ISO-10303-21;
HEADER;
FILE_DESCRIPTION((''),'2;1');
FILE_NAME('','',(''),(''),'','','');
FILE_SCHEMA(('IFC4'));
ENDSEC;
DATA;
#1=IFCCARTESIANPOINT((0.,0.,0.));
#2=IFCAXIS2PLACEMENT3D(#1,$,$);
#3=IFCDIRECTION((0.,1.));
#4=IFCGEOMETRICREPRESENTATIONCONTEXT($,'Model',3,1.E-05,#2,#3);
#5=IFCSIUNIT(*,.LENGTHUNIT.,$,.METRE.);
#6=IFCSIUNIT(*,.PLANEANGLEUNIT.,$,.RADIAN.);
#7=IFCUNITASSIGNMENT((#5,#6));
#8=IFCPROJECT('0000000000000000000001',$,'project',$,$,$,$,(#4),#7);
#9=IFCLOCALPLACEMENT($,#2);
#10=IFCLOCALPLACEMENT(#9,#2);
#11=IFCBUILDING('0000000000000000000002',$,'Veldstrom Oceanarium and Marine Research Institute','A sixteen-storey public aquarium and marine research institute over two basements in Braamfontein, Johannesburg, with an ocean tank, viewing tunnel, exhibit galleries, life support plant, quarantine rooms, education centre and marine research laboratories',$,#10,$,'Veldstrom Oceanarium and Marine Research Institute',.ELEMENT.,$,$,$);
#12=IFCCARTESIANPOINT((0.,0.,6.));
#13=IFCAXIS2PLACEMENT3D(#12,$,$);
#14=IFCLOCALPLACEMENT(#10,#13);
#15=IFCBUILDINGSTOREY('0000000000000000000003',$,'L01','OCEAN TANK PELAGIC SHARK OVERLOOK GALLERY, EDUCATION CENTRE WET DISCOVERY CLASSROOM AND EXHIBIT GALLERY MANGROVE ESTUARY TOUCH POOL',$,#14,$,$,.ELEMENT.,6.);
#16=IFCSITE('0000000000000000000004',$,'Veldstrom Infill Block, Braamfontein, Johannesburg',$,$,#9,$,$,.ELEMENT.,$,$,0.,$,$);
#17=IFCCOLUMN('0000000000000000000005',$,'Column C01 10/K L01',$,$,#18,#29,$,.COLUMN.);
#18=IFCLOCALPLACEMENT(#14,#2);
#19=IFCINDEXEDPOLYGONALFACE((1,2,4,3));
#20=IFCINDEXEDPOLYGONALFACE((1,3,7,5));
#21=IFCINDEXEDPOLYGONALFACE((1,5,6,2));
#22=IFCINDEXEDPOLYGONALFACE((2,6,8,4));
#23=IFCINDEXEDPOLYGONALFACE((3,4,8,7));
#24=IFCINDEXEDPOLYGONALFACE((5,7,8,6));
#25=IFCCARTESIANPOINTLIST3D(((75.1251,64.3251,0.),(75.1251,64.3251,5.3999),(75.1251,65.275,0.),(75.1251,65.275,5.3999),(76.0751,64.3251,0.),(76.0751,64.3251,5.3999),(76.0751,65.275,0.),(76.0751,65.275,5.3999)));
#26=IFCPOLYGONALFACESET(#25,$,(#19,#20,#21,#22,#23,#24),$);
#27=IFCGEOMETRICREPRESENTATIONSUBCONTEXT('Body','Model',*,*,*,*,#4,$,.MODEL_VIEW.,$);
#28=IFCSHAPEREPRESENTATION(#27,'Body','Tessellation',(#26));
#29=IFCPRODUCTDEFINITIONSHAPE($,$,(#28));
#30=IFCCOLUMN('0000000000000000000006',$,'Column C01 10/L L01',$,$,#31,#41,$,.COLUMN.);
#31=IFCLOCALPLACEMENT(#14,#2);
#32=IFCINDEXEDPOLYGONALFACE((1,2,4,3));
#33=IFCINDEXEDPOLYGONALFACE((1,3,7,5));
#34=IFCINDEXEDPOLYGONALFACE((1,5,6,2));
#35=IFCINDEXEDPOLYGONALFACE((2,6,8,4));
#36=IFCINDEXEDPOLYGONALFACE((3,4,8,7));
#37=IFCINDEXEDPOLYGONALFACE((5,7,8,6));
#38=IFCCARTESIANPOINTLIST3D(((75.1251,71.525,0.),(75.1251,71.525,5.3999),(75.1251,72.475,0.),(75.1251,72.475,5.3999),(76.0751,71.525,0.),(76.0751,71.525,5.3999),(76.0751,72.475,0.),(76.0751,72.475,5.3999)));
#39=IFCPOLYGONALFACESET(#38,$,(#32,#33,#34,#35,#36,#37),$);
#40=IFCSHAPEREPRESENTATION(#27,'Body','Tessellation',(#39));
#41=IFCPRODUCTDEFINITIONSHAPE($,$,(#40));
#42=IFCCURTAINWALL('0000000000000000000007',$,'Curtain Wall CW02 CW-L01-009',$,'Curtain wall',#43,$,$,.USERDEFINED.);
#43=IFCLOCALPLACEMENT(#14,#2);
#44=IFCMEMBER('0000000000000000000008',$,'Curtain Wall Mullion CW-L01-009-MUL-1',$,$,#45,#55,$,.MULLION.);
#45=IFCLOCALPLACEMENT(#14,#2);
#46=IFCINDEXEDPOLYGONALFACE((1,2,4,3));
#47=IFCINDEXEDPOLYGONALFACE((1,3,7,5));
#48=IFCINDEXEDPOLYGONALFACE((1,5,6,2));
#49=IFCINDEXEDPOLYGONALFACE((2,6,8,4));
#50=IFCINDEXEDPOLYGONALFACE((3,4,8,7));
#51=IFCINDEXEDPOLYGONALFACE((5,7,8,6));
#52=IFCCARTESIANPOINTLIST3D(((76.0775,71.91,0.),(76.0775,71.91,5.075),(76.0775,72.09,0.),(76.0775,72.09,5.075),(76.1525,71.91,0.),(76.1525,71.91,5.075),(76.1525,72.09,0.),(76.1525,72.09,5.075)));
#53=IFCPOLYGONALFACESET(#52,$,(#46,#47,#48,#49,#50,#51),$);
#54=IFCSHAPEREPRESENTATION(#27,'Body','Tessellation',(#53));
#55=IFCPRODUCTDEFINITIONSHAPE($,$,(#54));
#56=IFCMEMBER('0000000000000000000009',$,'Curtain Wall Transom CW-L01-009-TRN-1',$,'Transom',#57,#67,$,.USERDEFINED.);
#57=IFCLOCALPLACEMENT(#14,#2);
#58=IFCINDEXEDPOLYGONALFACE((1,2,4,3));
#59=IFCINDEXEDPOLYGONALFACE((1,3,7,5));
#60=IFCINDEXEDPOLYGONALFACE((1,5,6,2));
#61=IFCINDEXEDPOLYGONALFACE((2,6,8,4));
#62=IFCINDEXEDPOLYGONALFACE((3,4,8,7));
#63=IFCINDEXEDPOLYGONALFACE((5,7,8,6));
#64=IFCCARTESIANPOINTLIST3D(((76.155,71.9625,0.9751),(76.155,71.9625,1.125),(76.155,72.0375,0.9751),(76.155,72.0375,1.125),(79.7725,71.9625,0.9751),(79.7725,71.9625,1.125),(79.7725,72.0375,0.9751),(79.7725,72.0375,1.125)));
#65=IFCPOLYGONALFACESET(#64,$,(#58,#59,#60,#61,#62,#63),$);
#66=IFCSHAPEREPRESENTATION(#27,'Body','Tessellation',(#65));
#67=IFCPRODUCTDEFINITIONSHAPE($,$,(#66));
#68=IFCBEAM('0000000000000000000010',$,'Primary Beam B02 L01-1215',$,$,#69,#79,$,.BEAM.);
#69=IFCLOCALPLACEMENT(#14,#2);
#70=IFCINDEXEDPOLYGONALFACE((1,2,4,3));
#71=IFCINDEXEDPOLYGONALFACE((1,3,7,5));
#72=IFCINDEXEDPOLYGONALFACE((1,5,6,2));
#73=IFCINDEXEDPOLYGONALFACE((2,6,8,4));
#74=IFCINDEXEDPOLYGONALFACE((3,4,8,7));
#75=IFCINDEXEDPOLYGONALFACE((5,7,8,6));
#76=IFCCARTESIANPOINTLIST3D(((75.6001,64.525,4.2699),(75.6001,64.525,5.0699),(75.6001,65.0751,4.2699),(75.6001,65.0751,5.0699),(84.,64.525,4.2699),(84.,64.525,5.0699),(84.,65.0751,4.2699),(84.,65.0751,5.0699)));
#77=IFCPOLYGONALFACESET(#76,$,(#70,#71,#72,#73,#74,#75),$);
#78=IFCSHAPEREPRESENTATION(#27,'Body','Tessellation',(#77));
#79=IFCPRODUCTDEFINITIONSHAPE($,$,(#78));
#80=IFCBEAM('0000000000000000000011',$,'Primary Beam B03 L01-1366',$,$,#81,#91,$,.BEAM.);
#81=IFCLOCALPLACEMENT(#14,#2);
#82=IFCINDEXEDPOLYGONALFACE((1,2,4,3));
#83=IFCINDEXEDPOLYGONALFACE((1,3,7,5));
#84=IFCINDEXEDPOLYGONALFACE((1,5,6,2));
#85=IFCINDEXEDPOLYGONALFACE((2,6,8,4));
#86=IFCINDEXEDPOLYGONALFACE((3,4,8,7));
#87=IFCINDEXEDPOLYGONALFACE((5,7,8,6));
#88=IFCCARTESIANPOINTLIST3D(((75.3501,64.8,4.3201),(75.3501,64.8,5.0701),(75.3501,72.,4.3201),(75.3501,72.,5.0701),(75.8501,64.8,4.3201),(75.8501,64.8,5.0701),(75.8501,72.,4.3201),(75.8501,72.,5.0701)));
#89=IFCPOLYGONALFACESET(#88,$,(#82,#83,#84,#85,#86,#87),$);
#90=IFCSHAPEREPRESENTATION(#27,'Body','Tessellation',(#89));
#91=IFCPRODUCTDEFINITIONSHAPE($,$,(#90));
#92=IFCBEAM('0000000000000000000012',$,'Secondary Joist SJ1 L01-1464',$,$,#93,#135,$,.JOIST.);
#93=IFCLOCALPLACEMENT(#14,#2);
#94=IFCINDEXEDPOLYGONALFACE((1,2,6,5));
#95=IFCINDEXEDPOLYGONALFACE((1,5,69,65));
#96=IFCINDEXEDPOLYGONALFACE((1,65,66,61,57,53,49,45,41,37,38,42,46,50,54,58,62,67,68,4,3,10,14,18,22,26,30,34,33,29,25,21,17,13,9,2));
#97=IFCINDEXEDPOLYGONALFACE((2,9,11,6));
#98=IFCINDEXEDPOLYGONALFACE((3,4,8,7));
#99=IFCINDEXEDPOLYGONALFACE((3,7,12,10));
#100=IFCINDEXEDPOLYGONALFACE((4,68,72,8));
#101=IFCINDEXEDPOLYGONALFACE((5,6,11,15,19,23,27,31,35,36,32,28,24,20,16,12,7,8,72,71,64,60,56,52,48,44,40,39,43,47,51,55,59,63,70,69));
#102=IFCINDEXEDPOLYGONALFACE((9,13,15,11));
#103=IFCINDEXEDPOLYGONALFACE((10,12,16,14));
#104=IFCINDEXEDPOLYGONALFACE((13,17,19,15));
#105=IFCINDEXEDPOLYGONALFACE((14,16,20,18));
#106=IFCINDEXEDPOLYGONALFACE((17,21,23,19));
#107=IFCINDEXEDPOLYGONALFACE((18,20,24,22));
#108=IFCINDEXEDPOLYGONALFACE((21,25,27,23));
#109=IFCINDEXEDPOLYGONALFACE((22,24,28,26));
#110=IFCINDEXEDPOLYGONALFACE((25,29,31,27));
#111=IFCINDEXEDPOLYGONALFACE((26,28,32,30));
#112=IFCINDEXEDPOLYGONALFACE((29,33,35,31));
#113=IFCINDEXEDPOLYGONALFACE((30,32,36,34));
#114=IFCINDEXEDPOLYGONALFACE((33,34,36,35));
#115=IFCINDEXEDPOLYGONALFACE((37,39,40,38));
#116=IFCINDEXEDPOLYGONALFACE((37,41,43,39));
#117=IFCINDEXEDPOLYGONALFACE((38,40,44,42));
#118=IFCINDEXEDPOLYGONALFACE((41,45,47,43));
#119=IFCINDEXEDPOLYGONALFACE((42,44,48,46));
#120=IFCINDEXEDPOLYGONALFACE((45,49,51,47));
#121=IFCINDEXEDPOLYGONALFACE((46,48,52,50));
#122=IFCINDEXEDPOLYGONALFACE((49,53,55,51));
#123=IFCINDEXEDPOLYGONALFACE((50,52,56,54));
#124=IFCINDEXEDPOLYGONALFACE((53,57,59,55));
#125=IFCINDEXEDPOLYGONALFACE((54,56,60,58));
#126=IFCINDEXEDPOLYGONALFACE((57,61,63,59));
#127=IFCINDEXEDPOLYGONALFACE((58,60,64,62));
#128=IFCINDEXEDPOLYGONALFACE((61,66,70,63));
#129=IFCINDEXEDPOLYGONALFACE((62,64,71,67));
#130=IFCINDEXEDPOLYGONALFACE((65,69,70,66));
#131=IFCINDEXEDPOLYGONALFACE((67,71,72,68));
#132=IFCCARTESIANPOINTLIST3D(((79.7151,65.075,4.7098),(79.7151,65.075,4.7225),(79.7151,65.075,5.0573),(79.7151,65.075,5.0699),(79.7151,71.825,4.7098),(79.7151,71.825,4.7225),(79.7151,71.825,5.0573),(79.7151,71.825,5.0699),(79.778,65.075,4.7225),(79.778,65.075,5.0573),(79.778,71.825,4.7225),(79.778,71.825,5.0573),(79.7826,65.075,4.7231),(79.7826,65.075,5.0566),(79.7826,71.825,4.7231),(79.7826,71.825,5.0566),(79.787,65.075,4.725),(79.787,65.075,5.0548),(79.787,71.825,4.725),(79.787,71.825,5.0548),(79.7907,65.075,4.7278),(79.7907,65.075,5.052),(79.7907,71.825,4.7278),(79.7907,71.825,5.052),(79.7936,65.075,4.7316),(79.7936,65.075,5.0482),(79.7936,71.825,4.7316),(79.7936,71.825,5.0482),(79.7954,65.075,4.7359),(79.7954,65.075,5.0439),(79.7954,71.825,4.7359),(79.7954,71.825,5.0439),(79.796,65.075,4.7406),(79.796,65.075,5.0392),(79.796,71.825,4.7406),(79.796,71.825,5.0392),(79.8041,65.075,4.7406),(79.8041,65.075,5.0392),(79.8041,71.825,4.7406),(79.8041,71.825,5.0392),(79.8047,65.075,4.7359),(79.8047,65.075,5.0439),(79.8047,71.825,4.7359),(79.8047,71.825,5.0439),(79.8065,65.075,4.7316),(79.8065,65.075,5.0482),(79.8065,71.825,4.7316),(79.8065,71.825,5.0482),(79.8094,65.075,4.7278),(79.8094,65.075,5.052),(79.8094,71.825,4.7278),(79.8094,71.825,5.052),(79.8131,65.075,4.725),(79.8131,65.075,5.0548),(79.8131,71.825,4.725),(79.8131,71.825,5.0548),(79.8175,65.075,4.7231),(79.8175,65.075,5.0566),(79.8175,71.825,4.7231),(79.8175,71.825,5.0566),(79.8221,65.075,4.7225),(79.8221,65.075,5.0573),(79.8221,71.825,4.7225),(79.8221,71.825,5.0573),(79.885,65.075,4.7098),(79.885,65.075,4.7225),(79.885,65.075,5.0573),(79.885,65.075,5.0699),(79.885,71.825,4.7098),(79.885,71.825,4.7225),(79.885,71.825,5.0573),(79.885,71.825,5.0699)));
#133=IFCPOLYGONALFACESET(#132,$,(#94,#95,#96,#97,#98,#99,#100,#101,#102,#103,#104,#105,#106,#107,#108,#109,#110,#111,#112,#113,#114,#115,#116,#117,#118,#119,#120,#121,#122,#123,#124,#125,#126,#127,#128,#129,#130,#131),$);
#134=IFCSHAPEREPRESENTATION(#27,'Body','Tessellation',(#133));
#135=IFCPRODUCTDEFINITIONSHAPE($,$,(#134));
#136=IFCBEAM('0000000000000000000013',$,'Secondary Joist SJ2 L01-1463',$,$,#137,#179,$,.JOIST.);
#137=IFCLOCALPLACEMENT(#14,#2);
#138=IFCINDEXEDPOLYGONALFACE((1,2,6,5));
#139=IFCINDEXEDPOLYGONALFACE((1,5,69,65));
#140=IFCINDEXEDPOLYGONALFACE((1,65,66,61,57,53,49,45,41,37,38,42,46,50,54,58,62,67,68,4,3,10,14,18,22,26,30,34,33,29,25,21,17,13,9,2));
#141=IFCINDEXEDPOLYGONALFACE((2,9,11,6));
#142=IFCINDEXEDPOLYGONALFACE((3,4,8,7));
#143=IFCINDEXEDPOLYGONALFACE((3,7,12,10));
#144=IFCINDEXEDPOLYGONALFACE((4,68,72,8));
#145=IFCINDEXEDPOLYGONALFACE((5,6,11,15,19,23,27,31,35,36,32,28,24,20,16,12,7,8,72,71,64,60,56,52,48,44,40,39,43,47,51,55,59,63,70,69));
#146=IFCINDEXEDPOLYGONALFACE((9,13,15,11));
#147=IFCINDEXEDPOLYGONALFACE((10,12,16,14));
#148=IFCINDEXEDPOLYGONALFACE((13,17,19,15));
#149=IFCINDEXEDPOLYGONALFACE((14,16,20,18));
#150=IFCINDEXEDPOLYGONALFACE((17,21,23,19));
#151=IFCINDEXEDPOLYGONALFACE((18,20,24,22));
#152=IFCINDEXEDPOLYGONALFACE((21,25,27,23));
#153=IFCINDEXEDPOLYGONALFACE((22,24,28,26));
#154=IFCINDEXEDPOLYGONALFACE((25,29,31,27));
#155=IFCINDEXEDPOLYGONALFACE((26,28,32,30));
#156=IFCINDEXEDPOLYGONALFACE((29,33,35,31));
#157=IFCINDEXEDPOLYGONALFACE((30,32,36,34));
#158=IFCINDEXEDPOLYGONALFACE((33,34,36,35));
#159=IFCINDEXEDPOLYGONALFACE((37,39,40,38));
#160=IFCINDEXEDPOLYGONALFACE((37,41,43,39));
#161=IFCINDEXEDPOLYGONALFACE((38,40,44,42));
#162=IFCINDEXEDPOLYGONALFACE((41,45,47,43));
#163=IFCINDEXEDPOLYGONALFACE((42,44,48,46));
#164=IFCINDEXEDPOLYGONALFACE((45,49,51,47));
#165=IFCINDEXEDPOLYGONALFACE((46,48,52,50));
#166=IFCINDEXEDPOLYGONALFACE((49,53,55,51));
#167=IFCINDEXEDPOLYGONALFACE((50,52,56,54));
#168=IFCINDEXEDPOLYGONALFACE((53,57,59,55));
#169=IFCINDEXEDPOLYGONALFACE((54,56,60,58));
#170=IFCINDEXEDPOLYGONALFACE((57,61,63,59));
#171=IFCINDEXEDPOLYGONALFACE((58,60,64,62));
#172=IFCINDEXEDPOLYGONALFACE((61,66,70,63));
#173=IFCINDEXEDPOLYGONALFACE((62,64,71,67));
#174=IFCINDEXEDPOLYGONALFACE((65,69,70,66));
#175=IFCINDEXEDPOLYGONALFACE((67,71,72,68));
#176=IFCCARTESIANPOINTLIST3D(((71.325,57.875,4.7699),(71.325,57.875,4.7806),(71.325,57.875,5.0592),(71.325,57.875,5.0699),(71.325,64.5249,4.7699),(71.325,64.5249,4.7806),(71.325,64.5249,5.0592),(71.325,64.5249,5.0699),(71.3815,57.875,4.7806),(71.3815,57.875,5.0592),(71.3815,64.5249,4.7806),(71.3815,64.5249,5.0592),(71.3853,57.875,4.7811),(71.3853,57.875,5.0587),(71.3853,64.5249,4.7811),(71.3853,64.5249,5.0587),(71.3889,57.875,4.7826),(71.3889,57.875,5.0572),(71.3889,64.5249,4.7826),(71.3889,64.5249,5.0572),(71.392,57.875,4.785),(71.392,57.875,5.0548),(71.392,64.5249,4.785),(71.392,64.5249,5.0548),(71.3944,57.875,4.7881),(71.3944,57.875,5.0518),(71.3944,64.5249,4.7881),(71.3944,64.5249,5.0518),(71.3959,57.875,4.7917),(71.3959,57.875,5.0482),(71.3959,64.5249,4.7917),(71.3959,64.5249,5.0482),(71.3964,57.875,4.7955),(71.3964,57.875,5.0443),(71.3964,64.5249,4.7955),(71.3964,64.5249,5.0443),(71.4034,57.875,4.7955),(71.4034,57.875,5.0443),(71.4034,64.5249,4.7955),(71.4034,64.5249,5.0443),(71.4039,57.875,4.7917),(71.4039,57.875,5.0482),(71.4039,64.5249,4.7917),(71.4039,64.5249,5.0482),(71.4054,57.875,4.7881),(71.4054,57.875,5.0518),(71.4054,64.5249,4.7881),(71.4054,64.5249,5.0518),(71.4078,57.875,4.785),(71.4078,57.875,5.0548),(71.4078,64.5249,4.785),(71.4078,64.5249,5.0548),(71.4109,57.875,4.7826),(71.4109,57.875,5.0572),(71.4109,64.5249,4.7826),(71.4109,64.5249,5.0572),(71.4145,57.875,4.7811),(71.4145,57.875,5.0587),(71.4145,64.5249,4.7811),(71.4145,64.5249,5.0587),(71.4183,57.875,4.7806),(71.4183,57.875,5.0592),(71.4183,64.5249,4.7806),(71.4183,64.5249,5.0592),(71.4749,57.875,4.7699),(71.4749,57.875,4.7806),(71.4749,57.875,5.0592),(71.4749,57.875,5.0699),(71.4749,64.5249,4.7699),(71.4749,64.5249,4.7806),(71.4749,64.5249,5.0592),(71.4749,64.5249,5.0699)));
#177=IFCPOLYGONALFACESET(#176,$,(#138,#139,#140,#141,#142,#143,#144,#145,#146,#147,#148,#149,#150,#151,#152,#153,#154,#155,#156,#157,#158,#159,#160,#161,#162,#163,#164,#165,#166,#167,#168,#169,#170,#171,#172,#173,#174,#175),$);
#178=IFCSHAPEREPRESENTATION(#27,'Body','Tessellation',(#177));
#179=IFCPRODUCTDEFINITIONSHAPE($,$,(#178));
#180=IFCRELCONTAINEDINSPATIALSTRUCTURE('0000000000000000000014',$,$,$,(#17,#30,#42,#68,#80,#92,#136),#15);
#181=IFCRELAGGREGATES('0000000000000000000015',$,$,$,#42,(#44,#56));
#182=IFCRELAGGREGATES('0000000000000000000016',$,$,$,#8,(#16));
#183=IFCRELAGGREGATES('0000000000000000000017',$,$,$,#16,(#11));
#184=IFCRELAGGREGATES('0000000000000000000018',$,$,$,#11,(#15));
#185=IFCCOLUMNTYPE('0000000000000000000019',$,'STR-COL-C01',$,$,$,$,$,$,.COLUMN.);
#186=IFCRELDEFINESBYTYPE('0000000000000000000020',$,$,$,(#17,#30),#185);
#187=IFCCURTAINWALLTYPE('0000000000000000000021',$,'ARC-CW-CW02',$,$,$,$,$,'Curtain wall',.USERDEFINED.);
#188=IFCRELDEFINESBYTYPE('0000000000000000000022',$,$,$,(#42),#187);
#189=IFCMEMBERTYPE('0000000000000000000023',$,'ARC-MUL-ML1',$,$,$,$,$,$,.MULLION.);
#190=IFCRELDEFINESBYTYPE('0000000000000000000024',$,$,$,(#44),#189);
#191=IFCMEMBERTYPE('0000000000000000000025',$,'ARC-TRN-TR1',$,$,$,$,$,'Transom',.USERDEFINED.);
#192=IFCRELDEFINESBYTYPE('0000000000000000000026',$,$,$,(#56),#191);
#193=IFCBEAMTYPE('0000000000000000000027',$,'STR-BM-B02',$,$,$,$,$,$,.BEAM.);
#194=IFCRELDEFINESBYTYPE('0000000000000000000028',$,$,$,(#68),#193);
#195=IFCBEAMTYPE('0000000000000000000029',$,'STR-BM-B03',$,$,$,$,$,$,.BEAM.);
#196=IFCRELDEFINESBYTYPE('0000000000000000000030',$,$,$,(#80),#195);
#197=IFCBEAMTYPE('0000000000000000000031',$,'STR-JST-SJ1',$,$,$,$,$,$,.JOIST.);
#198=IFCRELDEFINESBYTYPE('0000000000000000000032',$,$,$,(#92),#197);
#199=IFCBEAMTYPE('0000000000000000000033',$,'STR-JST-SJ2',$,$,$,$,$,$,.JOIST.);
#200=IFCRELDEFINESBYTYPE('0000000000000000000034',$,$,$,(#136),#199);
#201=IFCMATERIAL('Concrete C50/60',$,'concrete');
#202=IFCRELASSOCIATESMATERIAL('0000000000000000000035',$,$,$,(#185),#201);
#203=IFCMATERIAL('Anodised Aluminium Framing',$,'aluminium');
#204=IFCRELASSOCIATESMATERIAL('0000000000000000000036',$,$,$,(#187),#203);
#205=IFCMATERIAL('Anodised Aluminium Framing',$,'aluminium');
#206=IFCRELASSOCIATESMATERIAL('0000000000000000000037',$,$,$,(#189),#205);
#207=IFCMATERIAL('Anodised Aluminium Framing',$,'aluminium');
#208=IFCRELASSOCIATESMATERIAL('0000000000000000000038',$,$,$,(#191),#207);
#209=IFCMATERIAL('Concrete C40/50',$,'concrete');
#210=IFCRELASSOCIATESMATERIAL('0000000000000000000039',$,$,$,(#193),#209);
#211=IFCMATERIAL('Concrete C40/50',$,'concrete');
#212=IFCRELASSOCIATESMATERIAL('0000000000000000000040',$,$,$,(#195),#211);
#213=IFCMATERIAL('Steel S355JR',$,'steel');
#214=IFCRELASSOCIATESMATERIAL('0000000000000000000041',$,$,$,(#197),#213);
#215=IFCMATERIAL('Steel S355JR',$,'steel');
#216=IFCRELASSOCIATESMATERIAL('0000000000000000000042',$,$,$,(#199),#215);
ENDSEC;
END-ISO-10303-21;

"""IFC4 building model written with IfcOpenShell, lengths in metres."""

from ifc_helpers import new_model, si_unit, direction, frame, origin, origin_2d, place, context, subcontext, project, spatial, rectangle, i_section, extrude, material, material_profile, profile_set, type_object, element, aggregate, save


model = new_model("IFC4")

# Units and contexts
model_context = context("Model", 3, precision=1e-05, world=origin(), true_north=direction((0.0, 1.0)))
body_context = subcontext(model_context, "Body", "Model", "MODEL_VIEW")
ifc_project = project(units=[si_unit("LENGTHUNIT", "METRE"), si_unit("PLANEANGLEUNIT", "RADIAN")], contexts=[model_context])

# Site, building, storey
site_placement = place(None, origin())
site = spatial("IfcSite", under=ifc_project, at=site_placement, Name="Veldstrom Infill Block, Braamfontein, Johannesburg", CompositionType="ELEMENT", RefElevation=0.0)
building_placement = place(site_placement, origin())
building = spatial("IfcBuilding", under=site, at=building_placement, Name="Veldstrom Oceanarium and Marine Research Institute", Description="A sixteen-storey public aquarium and marine research institute over two basements in Braamfontein, Johannesburg, with an ocean tank, viewing tunnel, exhibit galleries, life support plant, quarantine rooms, education centre and marine research laboratories", LongName="Veldstrom Oceanarium and Marine Research Institute", CompositionType="ELEMENT")
storey_placement = place(building_placement, frame((0.0, 0.0, 6.0)))
storey = spatial("IfcBuildingStorey", under=building, at=storey_placement, Name="L01", Description="OCEAN TANK PELAGIC SHARK OVERLOOK GALLERY, EDUCATION CENTRE WET DISCOVERY CLASSROOM AND EXHIBIT GALLERY MANGROVE ESTUARY TOUCH POOL", CompositionType="ELEMENT", Elevation=6.0)

# Columns
ifc_material_1 = material(Name="Concrete C50/60", Category="concrete")
ifc_material_profile_1 = material_profile(ifc_material_1, rectangle(XDim=0.95, YDim=0.95, at=origin_2d()), Name="RC-COL-950x950")
ifc_profile_set_1 = profile_set([ifc_material_profile_1], Name="Concrete C50/60")
column_type = type_object("IfcColumnType", Name="STR-COL-C01", PredefinedType="COLUMN", material=ifc_profile_set_1)
for number, where, z_axis, x_axis, name in (
    (1, (75.6001, 64.8, 0.0), (0.0, 0.0, 1.0), (1.0, 0.0, 0.0), "Column C01 10/K L01"),
    (2, (75.6001, 72.0, 0.0), (0.0, 0.0, 1.0), (1.0, 0.0, 0.0), "Column C01 10/L L01"),
):
    element("IfcColumn", number, at=place(storey_placement, frame(where, z_axis=z_axis, x_axis=x_axis)), inside=storey, type_object=column_type, Name=name, PredefinedType="COLUMN", context=body_context, shape_type="SweptSolid", body=[
        extrude(rectangle(XDim=0.95, YDim=0.95, at=origin_2d()), origin(), (0.0, 0.0, 1.0), 5.3999),
    ])

# Curtain wall, members
ifc_material_2 = material(Name="Anodised Aluminium Framing", Category="aluminium")
curtain_wall_type = type_object("IfcCurtainWallType", Name="ARC-CW-CW02", ElementType="Curtain wall", PredefinedType="USERDEFINED", material=ifc_material_2)
curtain_wall_placement = place(storey_placement, origin())
curtain_wall = element("IfcCurtainWall", 3, at=curtain_wall_placement, inside=storey, type_object=curtain_wall_type, Name="Curtain Wall CW02 CW-L01-009", ObjectType="Curtain wall", PredefinedType="USERDEFINED")
ifc_material_3 = material(Name="Anodised Aluminium Framing", Category="aluminium")
ifc_material_profile_2 = material_profile(ifc_material_3, rectangle(XDim=0.075, YDim=0.1799, at=origin_2d()), Name="ALU-MUL-75x180")
ifc_profile_set_2 = profile_set([ifc_material_profile_2], Name="Anodised Aluminium Framing")
member_type_1 = type_object("IfcMemberType", Name="ARC-MUL-ML1", PredefinedType="MULLION", material=ifc_profile_set_2)
member_1_placement = place(storey_placement, frame((76.115, 72.0, 0.0), z_axis=(0.0, 0.0, 1.0), x_axis=(1.0, 0.0, 0.0)))
member_1 = element("IfcMember", 4, at=member_1_placement, type_object=member_type_1, Name="Curtain Wall Mullion CW-L01-009-MUL-1", PredefinedType="MULLION", context=body_context, shape_type="SweptSolid", body=[
    extrude(rectangle(XDim=0.075, YDim=0.1799, at=origin_2d()), origin(), (0.0, 0.0, 1.0), 5.075),
])
ifc_material_4 = material(Name="Anodised Aluminium Framing", Category="aluminium")
ifc_material_profile_3 = material_profile(ifc_material_4, rectangle(XDim=0.075, YDim=0.1499, at=origin_2d()), Name="ALU-TRN-75x150")
ifc_profile_set_3 = profile_set([ifc_material_profile_3], Name="Anodised Aluminium Framing")
member_type_2 = type_object("IfcMemberType", Name="ARC-TRN-TR1", ElementType="Transom", PredefinedType="USERDEFINED", material=ifc_profile_set_3)
member_2_placement = place(storey_placement, frame((76.155, 72.0, 1.05), z_axis=(1.0, 0.0, 0.0), x_axis=(0.0, 1.0, 0.0)))
member_2 = element("IfcMember", 5, at=member_2_placement, type_object=member_type_2, Name="Curtain Wall Transom CW-L01-009-TRN-1", ObjectType="Transom", PredefinedType="USERDEFINED", context=body_context, shape_type="SweptSolid", body=[
    extrude(rectangle(XDim=0.075, YDim=0.1499, at=origin_2d()), origin(), (0.0, 0.0, 1.0), 3.6174),
])

# Beams
ifc_material_5 = material(Name="Concrete C40/50", Category="concrete")
ifc_material_profile_4 = material_profile(ifc_material_5, rectangle(XDim=0.55, YDim=0.8, at=origin_2d()), Name="RC-BM-550x800")
ifc_profile_set_4 = profile_set([ifc_material_profile_4], Name="Concrete C40/50")
beam_type_1 = type_object("IfcBeamType", Name="STR-BM-B02", PredefinedType="BEAM", material=ifc_profile_set_4)
beam_1_placement = place(storey_placement, frame((75.6001, 64.8, 4.6699), z_axis=(1.0, 0.0, 0.0), x_axis=(0.0, 1.0, 0.0)))
element("IfcBeam", 6, at=beam_1_placement, inside=storey, type_object=beam_type_1, Name="Primary Beam B02 L01-1215", PredefinedType="BEAM", context=body_context, shape_type="SweptSolid", body=[
    extrude(rectangle(XDim=0.55, YDim=0.8, at=origin_2d()), origin(), (0.0, 0.0, 1.0), 8.3999),
])
ifc_material_6 = material(Name="Concrete C40/50", Category="concrete")
ifc_material_profile_5 = material_profile(ifc_material_6, rectangle(XDim=0.5, YDim=0.75, at=origin_2d()), Name="RC-BM-500x750")
ifc_profile_set_5 = profile_set([ifc_material_profile_5], Name="Concrete C40/50")
beam_type_2 = type_object("IfcBeamType", Name="STR-BM-B03", PredefinedType="BEAM", material=ifc_profile_set_5)
beam_2_placement = place(storey_placement, frame((75.6001, 64.8, 4.6951), z_axis=(0.0, 1.0, 0.0), x_axis=(-1.0, 0.0, 0.0)))
element("IfcBeam", 7, at=beam_2_placement, inside=storey, type_object=beam_type_2, Name="Primary Beam B03 L01-1366", PredefinedType="BEAM", context=body_context, shape_type="SweptSolid", body=[
    extrude(rectangle(XDim=0.5, YDim=0.75, at=origin_2d()), origin(), (0.0, 0.0, 1.0), 7.2),
])
ifc_material_7 = material(Name="Steel S355JR", Category="steel")
ifc_material_profile_6 = material_profile(ifc_material_7, i_section(OverallWidth=0.1699, OverallDepth=0.3601, WebThickness=0.0081, FlangeThickness=0.0127, FilletRadius=0.0181, at=origin_2d()), Name="IPE 360")
ifc_profile_set_6 = profile_set([ifc_material_profile_6], Name="Steel S355JR")
beam_type_3 = type_object("IfcBeamType", Name="STR-JST-SJ1", PredefinedType="JOIST", material=ifc_profile_set_6)
beam_3_placement = place(storey_placement, frame((79.8, 65.075, 4.8899), z_axis=(0.0, 1.0, 0.0), x_axis=(-1.0, 0.0, 0.0)))
element("IfcBeam", 8, at=beam_3_placement, inside=storey, type_object=beam_type_3, Name="Secondary Joist SJ1 L01-1464", PredefinedType="JOIST", context=body_context, shape_type="SweptSolid", body=[
    extrude(i_section(OverallWidth=0.1699, OverallDepth=0.3601, WebThickness=0.0081, FlangeThickness=0.0127, FilletRadius=0.0181, at=origin_2d()), origin(), (0.0, 0.0, 1.0), 6.75),
])
ifc_material_8 = material(Name="Steel S355JR", Category="steel")
ifc_material_profile_7 = material_profile(ifc_material_8, i_section(OverallWidth=0.1499, OverallDepth=0.3, WebThickness=0.0071, FlangeThickness=0.0107, FilletRadius=0.0149, at=origin_2d()), Name="IPE 300")
ifc_profile_set_7 = profile_set([ifc_material_profile_7], Name="Steel S355JR")
beam_type_4 = type_object("IfcBeamType", Name="STR-JST-SJ2", PredefinedType="JOIST", material=ifc_profile_set_7)
beam_4_placement = place(storey_placement, frame((71.3999, 57.875, 4.9199), z_axis=(0.0, 1.0, 0.0), x_axis=(-1.0, 0.0, 0.0)))
element("IfcBeam", 9, at=beam_4_placement, inside=storey, type_object=beam_type_4, Name="Secondary Joist SJ2 L01-1463", PredefinedType="JOIST", context=body_context, shape_type="SweptSolid", body=[
    extrude(i_section(OverallWidth=0.1499, OverallDepth=0.3, WebThickness=0.0071, FlangeThickness=0.0107, FilletRadius=0.0149, at=origin_2d()), origin(), (0.0, 0.0, 1.0), 6.6499),
])

aggregate(curtain_wall, [member_1, member_2])

save(model, "model.ifc")
